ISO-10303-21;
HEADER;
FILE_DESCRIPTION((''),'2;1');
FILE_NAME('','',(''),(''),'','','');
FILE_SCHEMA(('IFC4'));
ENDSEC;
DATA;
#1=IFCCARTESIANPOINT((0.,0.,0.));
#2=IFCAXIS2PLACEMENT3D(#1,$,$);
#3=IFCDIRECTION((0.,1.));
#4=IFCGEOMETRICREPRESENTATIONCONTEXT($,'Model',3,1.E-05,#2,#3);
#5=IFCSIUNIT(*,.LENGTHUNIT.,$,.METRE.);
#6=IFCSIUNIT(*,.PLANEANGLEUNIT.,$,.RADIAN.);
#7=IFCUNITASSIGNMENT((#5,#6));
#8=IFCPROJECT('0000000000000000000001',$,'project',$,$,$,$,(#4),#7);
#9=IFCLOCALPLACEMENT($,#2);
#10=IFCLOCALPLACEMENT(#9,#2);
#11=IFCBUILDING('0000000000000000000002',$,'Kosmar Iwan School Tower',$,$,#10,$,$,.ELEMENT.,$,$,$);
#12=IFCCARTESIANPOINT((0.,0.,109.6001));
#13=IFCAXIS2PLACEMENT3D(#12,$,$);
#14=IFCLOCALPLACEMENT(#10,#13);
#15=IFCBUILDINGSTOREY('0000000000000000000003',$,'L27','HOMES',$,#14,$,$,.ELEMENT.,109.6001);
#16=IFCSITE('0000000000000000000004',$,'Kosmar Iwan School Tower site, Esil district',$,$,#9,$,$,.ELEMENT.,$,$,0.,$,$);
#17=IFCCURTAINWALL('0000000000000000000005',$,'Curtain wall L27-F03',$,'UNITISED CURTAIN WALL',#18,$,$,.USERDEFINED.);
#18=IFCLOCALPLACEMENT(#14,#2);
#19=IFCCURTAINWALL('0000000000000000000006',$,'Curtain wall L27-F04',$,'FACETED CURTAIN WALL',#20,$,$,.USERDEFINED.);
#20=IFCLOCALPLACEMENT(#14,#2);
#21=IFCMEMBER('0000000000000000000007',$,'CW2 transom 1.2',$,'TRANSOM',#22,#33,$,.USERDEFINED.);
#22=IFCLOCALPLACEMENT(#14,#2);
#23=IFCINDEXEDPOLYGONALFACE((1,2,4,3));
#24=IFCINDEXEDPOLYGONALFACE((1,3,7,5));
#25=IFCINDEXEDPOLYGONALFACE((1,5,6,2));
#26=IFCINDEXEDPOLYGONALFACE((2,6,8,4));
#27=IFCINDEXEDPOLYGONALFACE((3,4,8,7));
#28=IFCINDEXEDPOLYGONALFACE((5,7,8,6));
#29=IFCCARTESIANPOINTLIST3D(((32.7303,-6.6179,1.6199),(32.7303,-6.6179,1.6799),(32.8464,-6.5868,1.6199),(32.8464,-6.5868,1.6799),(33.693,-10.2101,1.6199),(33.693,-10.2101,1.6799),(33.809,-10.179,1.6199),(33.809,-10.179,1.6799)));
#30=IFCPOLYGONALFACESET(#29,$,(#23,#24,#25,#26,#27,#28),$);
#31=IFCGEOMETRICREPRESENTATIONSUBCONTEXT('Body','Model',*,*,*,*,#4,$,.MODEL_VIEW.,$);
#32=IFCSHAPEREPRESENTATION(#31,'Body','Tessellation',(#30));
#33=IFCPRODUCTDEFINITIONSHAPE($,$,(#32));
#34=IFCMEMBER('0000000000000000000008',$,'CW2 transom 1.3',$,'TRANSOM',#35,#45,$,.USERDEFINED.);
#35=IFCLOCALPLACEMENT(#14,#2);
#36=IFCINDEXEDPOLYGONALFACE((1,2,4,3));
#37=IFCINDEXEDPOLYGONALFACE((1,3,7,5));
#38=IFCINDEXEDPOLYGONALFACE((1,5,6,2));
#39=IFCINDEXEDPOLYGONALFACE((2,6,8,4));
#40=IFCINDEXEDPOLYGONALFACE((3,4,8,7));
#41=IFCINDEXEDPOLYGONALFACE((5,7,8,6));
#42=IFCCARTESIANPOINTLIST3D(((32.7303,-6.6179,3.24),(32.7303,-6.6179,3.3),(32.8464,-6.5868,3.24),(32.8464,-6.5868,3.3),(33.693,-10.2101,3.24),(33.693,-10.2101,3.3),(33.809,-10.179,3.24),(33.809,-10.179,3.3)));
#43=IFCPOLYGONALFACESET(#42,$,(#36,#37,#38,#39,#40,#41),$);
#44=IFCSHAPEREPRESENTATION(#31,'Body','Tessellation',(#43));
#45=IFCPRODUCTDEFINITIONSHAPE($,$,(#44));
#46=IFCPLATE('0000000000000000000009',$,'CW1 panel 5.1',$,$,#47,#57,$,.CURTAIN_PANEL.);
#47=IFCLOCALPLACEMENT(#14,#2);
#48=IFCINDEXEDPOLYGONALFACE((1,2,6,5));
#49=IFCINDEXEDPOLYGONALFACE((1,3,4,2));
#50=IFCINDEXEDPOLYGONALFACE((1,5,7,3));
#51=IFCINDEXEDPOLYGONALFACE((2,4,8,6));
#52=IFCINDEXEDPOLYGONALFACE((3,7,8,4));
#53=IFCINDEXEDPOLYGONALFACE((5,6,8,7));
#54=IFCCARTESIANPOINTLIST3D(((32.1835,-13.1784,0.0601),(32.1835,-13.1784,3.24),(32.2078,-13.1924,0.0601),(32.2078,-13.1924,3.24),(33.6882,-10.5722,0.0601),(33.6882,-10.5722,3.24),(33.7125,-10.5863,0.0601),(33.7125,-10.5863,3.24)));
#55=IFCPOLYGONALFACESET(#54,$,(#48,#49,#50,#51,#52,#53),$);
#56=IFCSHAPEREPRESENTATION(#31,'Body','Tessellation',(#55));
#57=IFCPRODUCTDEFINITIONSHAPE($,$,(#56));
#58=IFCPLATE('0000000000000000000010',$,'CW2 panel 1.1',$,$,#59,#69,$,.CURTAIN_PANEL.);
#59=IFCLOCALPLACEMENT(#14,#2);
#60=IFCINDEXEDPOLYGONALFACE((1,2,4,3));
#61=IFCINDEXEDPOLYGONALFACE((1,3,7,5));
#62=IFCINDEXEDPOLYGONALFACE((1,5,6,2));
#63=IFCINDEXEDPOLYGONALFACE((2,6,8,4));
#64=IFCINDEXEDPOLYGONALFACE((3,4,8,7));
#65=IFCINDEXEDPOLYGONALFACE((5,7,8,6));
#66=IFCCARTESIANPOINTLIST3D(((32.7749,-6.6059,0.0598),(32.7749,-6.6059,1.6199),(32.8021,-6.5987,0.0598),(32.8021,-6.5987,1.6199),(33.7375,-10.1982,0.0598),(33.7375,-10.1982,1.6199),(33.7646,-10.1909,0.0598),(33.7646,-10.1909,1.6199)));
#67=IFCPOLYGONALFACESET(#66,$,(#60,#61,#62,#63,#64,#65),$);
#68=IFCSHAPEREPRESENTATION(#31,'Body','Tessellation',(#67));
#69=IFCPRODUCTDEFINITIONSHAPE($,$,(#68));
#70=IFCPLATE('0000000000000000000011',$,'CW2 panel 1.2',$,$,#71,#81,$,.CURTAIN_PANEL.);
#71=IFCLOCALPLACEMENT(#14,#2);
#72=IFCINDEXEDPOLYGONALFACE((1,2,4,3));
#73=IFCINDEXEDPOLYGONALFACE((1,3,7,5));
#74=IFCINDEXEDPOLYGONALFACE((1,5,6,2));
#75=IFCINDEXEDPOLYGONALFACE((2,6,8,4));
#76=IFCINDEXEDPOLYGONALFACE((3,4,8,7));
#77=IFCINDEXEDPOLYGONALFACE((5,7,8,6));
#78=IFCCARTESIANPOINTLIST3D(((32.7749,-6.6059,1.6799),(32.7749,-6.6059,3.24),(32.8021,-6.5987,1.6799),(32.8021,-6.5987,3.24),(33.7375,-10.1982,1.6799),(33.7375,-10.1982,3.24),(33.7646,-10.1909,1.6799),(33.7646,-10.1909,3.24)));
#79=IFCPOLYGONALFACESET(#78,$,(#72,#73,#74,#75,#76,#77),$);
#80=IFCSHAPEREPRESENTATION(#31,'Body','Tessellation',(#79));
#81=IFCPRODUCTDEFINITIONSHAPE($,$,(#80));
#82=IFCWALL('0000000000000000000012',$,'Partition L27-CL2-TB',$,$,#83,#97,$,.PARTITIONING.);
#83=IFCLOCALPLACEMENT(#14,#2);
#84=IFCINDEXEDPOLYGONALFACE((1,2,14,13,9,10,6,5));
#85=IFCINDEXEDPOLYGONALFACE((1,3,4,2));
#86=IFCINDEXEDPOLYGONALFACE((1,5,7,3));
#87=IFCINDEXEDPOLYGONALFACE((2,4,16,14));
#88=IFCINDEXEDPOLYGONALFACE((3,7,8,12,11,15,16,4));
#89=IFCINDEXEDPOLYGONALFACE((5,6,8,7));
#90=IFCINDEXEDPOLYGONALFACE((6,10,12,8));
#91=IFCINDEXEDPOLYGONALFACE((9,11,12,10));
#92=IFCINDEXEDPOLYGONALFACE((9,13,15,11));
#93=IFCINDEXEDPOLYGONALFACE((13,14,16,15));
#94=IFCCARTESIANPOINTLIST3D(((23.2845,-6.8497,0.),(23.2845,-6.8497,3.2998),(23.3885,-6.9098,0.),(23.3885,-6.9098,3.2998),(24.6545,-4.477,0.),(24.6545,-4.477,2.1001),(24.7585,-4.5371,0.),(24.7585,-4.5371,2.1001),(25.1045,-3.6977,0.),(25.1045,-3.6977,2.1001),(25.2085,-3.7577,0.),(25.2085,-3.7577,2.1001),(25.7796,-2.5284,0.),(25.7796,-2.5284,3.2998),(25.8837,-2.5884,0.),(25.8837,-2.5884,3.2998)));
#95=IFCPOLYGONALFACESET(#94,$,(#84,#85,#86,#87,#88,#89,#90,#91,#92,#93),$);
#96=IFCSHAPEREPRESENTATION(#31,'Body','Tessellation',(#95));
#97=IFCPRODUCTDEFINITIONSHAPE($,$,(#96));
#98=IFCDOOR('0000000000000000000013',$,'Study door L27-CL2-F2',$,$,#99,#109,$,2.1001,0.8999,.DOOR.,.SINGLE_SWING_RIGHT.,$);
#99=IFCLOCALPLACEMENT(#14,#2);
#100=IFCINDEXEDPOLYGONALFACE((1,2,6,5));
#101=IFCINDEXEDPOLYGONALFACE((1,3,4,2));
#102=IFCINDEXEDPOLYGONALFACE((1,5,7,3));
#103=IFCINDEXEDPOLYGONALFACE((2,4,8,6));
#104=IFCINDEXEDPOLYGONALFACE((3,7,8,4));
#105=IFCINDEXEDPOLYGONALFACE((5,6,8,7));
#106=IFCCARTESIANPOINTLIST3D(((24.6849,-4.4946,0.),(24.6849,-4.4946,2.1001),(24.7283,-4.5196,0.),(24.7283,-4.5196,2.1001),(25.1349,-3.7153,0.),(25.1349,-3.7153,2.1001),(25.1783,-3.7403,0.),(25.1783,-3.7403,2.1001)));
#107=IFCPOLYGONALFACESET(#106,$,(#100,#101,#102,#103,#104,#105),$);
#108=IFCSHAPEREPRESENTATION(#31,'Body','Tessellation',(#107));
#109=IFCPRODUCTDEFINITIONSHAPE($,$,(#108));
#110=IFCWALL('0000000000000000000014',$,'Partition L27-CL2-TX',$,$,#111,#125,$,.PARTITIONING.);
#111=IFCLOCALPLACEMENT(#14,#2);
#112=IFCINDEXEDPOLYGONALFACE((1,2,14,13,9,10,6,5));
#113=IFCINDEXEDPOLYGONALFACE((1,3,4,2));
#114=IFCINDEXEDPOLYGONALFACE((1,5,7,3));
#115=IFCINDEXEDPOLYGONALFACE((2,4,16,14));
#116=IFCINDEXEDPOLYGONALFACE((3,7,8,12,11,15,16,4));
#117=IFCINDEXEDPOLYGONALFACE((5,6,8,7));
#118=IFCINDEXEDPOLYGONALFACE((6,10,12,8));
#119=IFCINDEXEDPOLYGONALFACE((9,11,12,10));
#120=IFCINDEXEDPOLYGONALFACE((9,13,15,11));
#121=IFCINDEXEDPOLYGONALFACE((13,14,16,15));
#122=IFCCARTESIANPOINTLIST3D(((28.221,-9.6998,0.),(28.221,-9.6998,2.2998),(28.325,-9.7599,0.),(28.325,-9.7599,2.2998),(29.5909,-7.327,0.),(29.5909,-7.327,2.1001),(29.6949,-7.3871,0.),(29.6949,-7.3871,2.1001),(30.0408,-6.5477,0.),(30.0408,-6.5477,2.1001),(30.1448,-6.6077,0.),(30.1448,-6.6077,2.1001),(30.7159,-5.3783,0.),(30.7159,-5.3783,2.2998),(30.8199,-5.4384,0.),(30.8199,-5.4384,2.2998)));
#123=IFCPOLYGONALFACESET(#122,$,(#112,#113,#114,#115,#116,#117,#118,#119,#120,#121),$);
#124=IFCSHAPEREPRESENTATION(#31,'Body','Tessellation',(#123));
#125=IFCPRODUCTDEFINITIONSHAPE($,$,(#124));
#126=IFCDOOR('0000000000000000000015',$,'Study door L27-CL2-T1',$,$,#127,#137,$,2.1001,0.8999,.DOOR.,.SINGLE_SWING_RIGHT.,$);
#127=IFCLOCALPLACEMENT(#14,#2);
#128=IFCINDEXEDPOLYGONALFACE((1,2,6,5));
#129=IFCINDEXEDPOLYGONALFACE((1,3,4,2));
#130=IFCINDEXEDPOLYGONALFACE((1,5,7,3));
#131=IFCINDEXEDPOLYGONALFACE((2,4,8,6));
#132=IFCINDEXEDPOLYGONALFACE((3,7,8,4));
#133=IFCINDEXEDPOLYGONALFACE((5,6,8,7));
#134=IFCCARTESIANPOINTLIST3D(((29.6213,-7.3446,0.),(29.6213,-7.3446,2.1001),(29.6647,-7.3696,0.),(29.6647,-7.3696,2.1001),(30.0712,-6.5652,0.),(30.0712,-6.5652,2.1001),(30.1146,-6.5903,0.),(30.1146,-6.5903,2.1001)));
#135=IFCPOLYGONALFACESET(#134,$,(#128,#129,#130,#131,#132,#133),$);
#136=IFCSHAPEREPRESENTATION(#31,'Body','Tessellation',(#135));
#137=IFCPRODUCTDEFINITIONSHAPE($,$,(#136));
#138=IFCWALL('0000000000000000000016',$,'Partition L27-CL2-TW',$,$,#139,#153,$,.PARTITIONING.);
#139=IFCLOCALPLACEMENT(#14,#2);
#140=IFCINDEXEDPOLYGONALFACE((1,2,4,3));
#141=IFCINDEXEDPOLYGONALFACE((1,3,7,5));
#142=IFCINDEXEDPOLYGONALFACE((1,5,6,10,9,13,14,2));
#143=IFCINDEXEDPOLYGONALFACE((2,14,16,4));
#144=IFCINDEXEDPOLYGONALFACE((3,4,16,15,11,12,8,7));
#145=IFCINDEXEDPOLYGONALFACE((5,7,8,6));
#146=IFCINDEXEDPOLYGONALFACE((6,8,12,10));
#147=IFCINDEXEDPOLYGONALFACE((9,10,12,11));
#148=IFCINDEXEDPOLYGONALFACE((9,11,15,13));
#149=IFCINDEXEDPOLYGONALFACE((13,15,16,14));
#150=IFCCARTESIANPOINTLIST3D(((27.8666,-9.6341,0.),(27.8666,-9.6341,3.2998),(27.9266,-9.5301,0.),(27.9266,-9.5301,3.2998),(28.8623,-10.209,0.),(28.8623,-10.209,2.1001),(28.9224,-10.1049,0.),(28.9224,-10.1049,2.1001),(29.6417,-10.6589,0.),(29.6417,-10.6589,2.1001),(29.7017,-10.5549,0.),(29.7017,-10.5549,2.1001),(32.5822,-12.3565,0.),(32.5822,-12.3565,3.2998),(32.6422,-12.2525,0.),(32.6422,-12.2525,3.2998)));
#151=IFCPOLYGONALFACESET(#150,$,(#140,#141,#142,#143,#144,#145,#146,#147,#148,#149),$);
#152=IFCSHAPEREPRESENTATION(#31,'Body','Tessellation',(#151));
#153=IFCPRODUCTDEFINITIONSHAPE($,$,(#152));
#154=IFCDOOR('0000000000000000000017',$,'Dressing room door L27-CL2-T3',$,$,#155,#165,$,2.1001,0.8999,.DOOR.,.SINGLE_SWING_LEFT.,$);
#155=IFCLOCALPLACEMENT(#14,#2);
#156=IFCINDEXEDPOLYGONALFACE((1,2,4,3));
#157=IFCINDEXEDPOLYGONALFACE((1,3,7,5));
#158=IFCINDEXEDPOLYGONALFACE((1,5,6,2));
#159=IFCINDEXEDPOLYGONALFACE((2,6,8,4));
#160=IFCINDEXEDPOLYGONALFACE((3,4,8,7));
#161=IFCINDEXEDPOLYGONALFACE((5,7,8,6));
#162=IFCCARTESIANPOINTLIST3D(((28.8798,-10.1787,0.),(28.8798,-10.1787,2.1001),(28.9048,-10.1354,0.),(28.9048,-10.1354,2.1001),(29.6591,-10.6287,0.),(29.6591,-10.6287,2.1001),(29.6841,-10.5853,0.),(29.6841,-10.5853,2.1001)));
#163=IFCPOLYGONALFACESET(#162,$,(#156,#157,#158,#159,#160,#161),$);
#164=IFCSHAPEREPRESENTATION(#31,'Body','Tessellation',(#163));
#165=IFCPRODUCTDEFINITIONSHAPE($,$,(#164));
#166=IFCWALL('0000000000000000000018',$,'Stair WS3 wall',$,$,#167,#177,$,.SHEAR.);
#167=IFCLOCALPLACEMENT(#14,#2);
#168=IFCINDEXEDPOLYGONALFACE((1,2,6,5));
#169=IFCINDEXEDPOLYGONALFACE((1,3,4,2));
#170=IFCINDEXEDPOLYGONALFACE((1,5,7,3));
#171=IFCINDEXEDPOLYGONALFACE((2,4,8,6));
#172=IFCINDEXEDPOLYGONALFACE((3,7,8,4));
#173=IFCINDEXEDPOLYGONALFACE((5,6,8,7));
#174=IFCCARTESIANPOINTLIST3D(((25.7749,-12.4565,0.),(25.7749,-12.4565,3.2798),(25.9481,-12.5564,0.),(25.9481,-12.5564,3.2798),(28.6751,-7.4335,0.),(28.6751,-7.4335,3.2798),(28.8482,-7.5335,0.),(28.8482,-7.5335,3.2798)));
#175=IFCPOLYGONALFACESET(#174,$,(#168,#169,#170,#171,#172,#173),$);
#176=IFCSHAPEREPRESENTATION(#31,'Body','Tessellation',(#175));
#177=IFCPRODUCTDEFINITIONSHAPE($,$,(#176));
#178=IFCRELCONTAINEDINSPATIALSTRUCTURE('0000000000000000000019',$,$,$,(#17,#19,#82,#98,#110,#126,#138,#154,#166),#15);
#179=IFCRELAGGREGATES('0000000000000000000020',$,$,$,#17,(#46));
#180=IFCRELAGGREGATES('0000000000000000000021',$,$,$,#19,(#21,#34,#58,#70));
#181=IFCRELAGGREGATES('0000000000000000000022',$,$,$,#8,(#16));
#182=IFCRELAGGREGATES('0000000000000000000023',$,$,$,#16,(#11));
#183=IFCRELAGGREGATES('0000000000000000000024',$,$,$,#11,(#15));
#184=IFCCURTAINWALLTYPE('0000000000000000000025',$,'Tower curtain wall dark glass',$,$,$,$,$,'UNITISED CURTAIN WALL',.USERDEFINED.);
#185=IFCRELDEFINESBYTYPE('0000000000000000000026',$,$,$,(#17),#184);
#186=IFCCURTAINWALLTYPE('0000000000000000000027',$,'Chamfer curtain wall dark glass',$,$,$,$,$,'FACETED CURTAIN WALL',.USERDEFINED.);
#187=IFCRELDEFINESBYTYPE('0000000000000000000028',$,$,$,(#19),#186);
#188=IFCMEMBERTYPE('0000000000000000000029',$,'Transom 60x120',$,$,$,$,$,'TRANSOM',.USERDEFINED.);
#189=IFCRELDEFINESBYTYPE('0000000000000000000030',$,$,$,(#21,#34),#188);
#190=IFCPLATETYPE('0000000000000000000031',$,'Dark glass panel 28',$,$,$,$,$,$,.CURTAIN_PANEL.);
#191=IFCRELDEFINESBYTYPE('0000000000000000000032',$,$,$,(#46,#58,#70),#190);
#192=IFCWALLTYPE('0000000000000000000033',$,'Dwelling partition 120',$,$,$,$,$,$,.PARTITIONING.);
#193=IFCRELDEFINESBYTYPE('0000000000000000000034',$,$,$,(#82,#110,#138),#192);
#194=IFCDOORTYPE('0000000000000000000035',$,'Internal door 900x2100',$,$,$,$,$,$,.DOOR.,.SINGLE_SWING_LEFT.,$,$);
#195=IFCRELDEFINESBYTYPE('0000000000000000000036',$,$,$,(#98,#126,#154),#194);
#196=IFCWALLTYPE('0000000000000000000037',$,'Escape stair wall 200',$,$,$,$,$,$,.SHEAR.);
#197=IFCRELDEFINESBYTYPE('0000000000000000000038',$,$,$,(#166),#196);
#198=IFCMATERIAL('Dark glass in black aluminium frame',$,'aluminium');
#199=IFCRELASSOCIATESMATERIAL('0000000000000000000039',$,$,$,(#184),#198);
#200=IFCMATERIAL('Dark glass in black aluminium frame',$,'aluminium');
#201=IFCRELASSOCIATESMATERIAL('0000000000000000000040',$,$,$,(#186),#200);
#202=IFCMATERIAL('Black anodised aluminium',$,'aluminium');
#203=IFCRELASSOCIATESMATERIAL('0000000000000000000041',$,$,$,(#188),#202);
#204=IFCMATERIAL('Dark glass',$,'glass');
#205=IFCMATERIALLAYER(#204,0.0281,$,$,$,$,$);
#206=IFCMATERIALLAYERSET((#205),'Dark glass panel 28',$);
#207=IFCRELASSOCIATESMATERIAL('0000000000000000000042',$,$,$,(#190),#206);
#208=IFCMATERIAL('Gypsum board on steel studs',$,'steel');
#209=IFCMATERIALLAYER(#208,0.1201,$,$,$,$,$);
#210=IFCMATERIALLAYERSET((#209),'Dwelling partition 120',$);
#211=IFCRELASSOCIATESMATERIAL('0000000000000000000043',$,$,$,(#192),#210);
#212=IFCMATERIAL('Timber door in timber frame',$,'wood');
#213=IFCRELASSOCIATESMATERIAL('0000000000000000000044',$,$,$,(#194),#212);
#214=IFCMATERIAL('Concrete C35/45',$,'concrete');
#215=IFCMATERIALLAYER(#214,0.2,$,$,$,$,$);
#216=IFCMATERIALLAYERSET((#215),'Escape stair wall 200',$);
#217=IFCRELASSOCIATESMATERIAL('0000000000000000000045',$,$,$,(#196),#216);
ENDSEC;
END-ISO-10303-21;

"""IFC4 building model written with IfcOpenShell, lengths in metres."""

from ifc_helpers import new_model, si_unit, direction, frame, frame_2d, origin, origin_2d, place, context, subcontext, project, spatial, rectangle, extrude, material, layer, layer_set, material_profile, profile_set, type_object, element, fill, aggregate, save


model = new_model("IFC4")

# Units and contexts
model_context = context("Model", 3, precision=1e-05, world=origin(), true_north=direction((0.0, 1.0)))
body_context = subcontext(model_context, "Body", "Model", "MODEL_VIEW")
ifc_project = project(units=[si_unit("LENGTHUNIT", "METRE"), si_unit("PLANEANGLEUNIT", "RADIAN")], contexts=[model_context])

# Site, building, storey
site_placement = place(None, origin())
site = spatial("IfcSite", under=ifc_project, at=site_placement, Name="Kosmar Iwan School Tower site, Esil district", CompositionType="ELEMENT", RefElevation=0.0)
building_placement = place(site_placement, origin())
building = spatial("IfcBuilding", under=site, at=building_placement, Name="Kosmar Iwan School Tower", CompositionType="ELEMENT")
storey_placement = place(building_placement, frame((0.0, 0.0, 109.6001)))
storey = spatial("IfcBuildingStorey", under=building, at=storey_placement, Name="L27", Description="HOMES", CompositionType="ELEMENT", Elevation=109.6001)

# Curtain wall
ifc_material_1 = material(Name="Dark glass in black aluminium frame", Category="aluminium")
curtain_wall_type_1 = type_object("IfcCurtainWallType", Name="Tower curtain wall dark glass", ElementType="UNITISED CURTAIN WALL", PredefinedType="USERDEFINED", material=ifc_material_1)
curtain_wall_1_placement = place(storey_placement, origin())
curtain_wall_1 = element("IfcCurtainWall", 1, at=curtain_wall_1_placement, inside=storey, type_object=curtain_wall_type_1, Name="Curtain wall L27-F03", ObjectType="UNITISED CURTAIN WALL", PredefinedType="USERDEFINED")

# Curtain wall
ifc_material_2 = material(Name="Dark glass in black aluminium frame", Category="aluminium")
curtain_wall_type_2 = type_object("IfcCurtainWallType", Name="Chamfer curtain wall dark glass", ElementType="FACETED CURTAIN WALL", PredefinedType="USERDEFINED", material=ifc_material_2)
curtain_wall_2_placement = place(storey_placement, origin())
curtain_wall_2 = element("IfcCurtainWall", 2, at=curtain_wall_2_placement, inside=storey, type_object=curtain_wall_type_2, Name="Curtain wall L27-F04", ObjectType="FACETED CURTAIN WALL", PredefinedType="USERDEFINED")

# Members
ifc_material_3 = material(Name="Black anodised aluminium", Category="aluminium")
ifc_material_profile_1 = material_profile(ifc_material_3, rectangle(XDim=0.1201, YDim=0.0601, at=origin_2d()), Name="TRANSOM 60x120")
ifc_profile_set_1 = profile_set([ifc_material_profile_1], Name="Black anodised aluminium")
member_type_1 = type_object("IfcMemberType", Name="Transom 60x120", ElementType="TRANSOM", PredefinedType="USERDEFINED", material=ifc_profile_set_1)
member_1_placement = place(storey_placement, frame((33.751, -10.1946, 1.6499), z_axis=(-0.258843, 0.965919, 0.0), x_axis=(-0.965919, -0.258843, 0.0)))
member_1 = element("IfcMember", 3, at=member_1_placement, type_object=member_type_1, Name="CW2 transom 1.2", ObjectType="TRANSOM", PredefinedType="USERDEFINED", context=body_context, shape_type="SweptSolid", body=[
    extrude(rectangle(XDim=0.1201, YDim=0.0601, at=origin_2d()), origin(), (0.0, 0.0, 1.0), 3.719),
])
member_2_placement = place(storey_placement, frame((33.751, -10.1946, 3.27), z_axis=(-0.258843, 0.965919, 0.0), x_axis=(-0.965919, -0.258843, 0.0)))
member_2 = element("IfcMember", 4, at=member_2_placement, type_object=member_type_1, Name="CW2 transom 1.3", ObjectType="TRANSOM", PredefinedType="USERDEFINED", context=body_context, shape_type="SweptSolid", body=[
    extrude(rectangle(XDim=0.1201, YDim=0.0601, at=origin_2d()), origin(), (0.0, 0.0, 1.0), 3.719),
])

# Plates
ifc_material_4 = material(Name="Dark glass", Category="glass")
ifc_layer_1 = layer(ifc_material_4, 0.0281)
ifc_layer_set_1 = layer_set([ifc_layer_1], Name="Dark glass panel 28")
plate_type = type_object("IfcPlateType", Name="Dark glass panel 28", PredefinedType="CURTAIN_PANEL", material=ifc_layer_set_1)
plate_1_placement = place(storey_placement, frame((32.948, -11.8823, 0.0601), z_axis=(0.0, 0.0, 1.0), x_axis=(0.5, 0.866025, 0.0)))
plate_1 = element("IfcPlate", 5, at=plate_1_placement, type_object=plate_type, Name="CW1 panel 5.1", PredefinedType="CURTAIN_PANEL", context=body_context, shape_type="SweptSolid", body=[
    extrude(rectangle(XDim=3.0093, YDim=0.0281, at=origin_2d()), origin(), (0.0, 0.0, 1.0), 3.1799),
])
aggregate(curtain_wall_1, [plate_1])
plate_2_placement = place(storey_placement, frame((33.2698, -8.3984, 0.0598), z_axis=(0.0, 0.0, 1.0), x_axis=(-0.258819, 0.965926, 0.0)))
plate_2 = element("IfcPlate", 6, at=plate_2_placement, type_object=plate_type, Name="CW2 panel 1.1", PredefinedType="CURTAIN_PANEL", context=body_context, shape_type="SweptSolid", body=[
    extrude(rectangle(XDim=3.719, YDim=0.0281, at=origin_2d()), origin(), (0.0, 0.0, 1.0), 1.5601),
])
plate_3_placement = place(storey_placement, frame((33.2698, -8.3984, 1.6799), z_axis=(0.0, 0.0, 1.0), x_axis=(-0.258819, 0.965926, 0.0)))
plate_3 = element("IfcPlate", 7, at=plate_3_placement, type_object=plate_type, Name="CW2 panel 1.2", PredefinedType="CURTAIN_PANEL", context=body_context, shape_type="SweptSolid", body=[
    extrude(rectangle(XDim=3.719, YDim=0.0281, at=origin_2d()), origin(), (0.0, 0.0, 1.0), 1.5601),
])
aggregate(curtain_wall_2, [member_1, member_2, plate_2, plate_3])

# Walls, openings, doors
ifc_material_5 = material(Name="Gypsum board on steel studs", Category="steel")
ifc_layer_2 = layer(ifc_material_5, 0.1201)
ifc_layer_set_2 = layer_set([ifc_layer_2], Name="Dwelling partition 120")
wall_type_1 = type_object("IfcWallType", Name="Dwelling partition 120", PredefinedType="PARTITIONING", material=ifc_layer_set_2)
wall_1_placement = place(storey_placement, frame((23.3364, -6.8799, 0.0), z_axis=(0.0, 0.0, 1.0), x_axis=(0.500033, 0.866006, 0.0)))
wall_1 = element("IfcWall", 8, at=wall_1_placement, inside=storey, type_object=wall_type_1, Name="Partition L27-CL2-TB", PredefinedType="PARTITIONING", context=body_context, shape_type="SweptSolid", body=[
    extrude(rectangle(XDim=4.99, YDim=0.1201, at=frame_2d((2.4951, 0.0))), origin(), (0.0, 0.0, 1.0), 3.2998),
])
opening_1_placement = place(wall_1_placement, frame((2.74, 0.0, 0.0)))
opening_1 = element("IfcOpeningElement", 9, at=opening_1_placement, cuts=wall_1, PredefinedType="OPENING", context=body_context, shape_type="SweptSolid", body=[
    extrude(rectangle(XDim=0.8999, YDim=2.1001, at=frame_2d((0.45, 1.05))), frame((0.0, 0.072, 0.0), z_axis=(0.0, -1.0, 0.0), x_axis=(1.0, 0.0, 0.0)), (0.0, 0.0, 1.0), 0.144),
])
ifc_material_6 = material(Name="Timber door in timber frame", Category="wood")
door_type = type_object("IfcDoorType", Name="Internal door 900x2100", OperationType="SINGLE_SWING_LEFT", PredefinedType="DOOR", material=ifc_material_6)
door_1_placement = place(opening_1_placement, origin())
door_1 = element("IfcDoor", 10, at=door_1_placement, inside=storey, type_object=door_type, Name="Study door L27-CL2-F2", OperationType="SINGLE_SWING_RIGHT", OverallHeight=2.1001, OverallWidth=0.8999, PredefinedType="DOOR", context=body_context, shape_type="SweptSolid", body=[
    extrude(rectangle(XDim=0.8999, YDim=2.1001, at=frame_2d((0.45, 1.05))), frame((0.0, 0.0249, 0.0), z_axis=(0.0, -1.0, 0.0), x_axis=(1.0, 0.0, 0.0)), (0.0, 0.0, 1.0), 0.05),
])
fill(opening_1, door_1)
wall_2_placement = place(storey_placement, frame((28.2729, -9.73, 0.0), z_axis=(0.0, 0.0, 1.0), x_axis=(0.499975, 0.86604, 0.0)))
wall_2 = element("IfcWall", 11, at=wall_2_placement, inside=storey, type_object=wall_type_1, Name="Partition L27-CL2-TX", PredefinedType="PARTITIONING", context=body_context, shape_type="SweptSolid", body=[
    extrude(rectangle(XDim=4.99, YDim=0.1201, at=frame_2d((2.4951, 0.0))), origin(), (0.0, 0.0, 1.0), 2.2998),
])
opening_2_placement = place(wall_2_placement, frame((2.74, 0.0, 0.0)))
opening_2 = element("IfcOpeningElement", 12, at=opening_2_placement, cuts=wall_2, PredefinedType="OPENING", context=body_context, shape_type="SweptSolid", body=[
    extrude(rectangle(XDim=0.8999, YDim=2.1001, at=frame_2d((0.45, 1.05))), frame((0.0, 0.072, 0.0), z_axis=(0.0, -1.0, 0.0), x_axis=(1.0, 0.0, 0.0)), (0.0, 0.0, 1.0), 0.144),
])
door_2_placement = place(opening_2_placement, origin())
door_2 = element("IfcDoor", 13, at=door_2_placement, inside=storey, type_object=door_type, Name="Study door L27-CL2-T1", OperationType="SINGLE_SWING_RIGHT", OverallHeight=2.1001, OverallWidth=0.8999, PredefinedType="DOOR", context=body_context, shape_type="SweptSolid", body=[
    extrude(rectangle(XDim=0.8999, YDim=2.1001, at=frame_2d((0.45, 1.05))), frame((0.0, 0.0249, 0.0), z_axis=(0.0, -1.0, 0.0), x_axis=(1.0, 0.0, 0.0)), (0.0, 0.0, 1.0), 0.05),
])
fill(opening_2, door_2)
wall_3_placement = place(storey_placement, frame((27.8965, -9.582, 0.0), z_axis=(0.0, 0.0, 1.0), x_axis=(0.866036, -0.499982, 0.0)))
wall_3 = element("IfcWall", 14, at=wall_3_placement, inside=storey, type_object=wall_type_1, Name="Partition L27-CL2-TW", PredefinedType="PARTITIONING", context=body_context, shape_type="SweptSolid", body=[
    extrude(rectangle(XDim=5.4451, YDim=0.1201, at=frame_2d((2.7227, 0.0))), origin(), (0.0, 0.0, 1.0), 3.2998),
])
opening_3_placement = place(wall_3_placement, frame((1.1499, 0.0, 0.0)))
opening_3 = element("IfcOpeningElement", 15, at=opening_3_placement, cuts=wall_3, PredefinedType="OPENING", context=body_context, shape_type="SweptSolid", body=[
    extrude(rectangle(XDim=0.8999, YDim=2.1001, at=frame_2d((0.45, 1.05))), frame((0.0, 0.072, 0.0), z_axis=(0.0, -1.0, 0.0), x_axis=(1.0, 0.0, 0.0)), (0.0, 0.0, 1.0), 0.144),
])
door_3_placement = place(opening_3_placement, origin())
door_3 = element("IfcDoor", 16, at=door_3_placement, inside=storey, type_object=door_type, Name="Dressing room door L27-CL2-T3", OperationType="SINGLE_SWING_LEFT", OverallHeight=2.1001, OverallWidth=0.8999, PredefinedType="DOOR", context=body_context, shape_type="SweptSolid", body=[
    extrude(rectangle(XDim=0.8999, YDim=2.1001, at=frame_2d((0.45, 1.05))), frame((0.0, 0.0249, 0.0), z_axis=(0.0, -1.0, 0.0), x_axis=(1.0, 0.0, 0.0)), (0.0, 0.0, 1.0), 0.05),
])
fill(opening_3, door_3)

# Wall
ifc_material_7 = material(Name="Concrete C35/45", Category="concrete")
ifc_layer_3 = layer(ifc_material_7, 0.2)
ifc_layer_set_3 = layer_set([ifc_layer_3], Name="Escape stair wall 200")
wall_type_2 = type_object("IfcWallType", Name="Escape stair wall 200", PredefinedType="SHEAR", material=ifc_layer_set_3)
wall_4_placement = place(storey_placement, frame((25.8616, -12.5063, 0.0), z_axis=(0.0, 0.0, 1.0), x_axis=(0.500019, 0.866015, 0.0)))
element("IfcWall", 17, at=wall_4_placement, inside=storey, type_object=wall_type_2, Name="Stair WS3 wall", PredefinedType="SHEAR", context=body_context, shape_type="SweptSolid", body=[
    extrude(rectangle(XDim=5.8, YDim=0.2, at=frame_2d((2.8999, 0.0))), origin(), (0.0, 0.0, 1.0), 3.2798),
])

save(model, "model.ifc")
